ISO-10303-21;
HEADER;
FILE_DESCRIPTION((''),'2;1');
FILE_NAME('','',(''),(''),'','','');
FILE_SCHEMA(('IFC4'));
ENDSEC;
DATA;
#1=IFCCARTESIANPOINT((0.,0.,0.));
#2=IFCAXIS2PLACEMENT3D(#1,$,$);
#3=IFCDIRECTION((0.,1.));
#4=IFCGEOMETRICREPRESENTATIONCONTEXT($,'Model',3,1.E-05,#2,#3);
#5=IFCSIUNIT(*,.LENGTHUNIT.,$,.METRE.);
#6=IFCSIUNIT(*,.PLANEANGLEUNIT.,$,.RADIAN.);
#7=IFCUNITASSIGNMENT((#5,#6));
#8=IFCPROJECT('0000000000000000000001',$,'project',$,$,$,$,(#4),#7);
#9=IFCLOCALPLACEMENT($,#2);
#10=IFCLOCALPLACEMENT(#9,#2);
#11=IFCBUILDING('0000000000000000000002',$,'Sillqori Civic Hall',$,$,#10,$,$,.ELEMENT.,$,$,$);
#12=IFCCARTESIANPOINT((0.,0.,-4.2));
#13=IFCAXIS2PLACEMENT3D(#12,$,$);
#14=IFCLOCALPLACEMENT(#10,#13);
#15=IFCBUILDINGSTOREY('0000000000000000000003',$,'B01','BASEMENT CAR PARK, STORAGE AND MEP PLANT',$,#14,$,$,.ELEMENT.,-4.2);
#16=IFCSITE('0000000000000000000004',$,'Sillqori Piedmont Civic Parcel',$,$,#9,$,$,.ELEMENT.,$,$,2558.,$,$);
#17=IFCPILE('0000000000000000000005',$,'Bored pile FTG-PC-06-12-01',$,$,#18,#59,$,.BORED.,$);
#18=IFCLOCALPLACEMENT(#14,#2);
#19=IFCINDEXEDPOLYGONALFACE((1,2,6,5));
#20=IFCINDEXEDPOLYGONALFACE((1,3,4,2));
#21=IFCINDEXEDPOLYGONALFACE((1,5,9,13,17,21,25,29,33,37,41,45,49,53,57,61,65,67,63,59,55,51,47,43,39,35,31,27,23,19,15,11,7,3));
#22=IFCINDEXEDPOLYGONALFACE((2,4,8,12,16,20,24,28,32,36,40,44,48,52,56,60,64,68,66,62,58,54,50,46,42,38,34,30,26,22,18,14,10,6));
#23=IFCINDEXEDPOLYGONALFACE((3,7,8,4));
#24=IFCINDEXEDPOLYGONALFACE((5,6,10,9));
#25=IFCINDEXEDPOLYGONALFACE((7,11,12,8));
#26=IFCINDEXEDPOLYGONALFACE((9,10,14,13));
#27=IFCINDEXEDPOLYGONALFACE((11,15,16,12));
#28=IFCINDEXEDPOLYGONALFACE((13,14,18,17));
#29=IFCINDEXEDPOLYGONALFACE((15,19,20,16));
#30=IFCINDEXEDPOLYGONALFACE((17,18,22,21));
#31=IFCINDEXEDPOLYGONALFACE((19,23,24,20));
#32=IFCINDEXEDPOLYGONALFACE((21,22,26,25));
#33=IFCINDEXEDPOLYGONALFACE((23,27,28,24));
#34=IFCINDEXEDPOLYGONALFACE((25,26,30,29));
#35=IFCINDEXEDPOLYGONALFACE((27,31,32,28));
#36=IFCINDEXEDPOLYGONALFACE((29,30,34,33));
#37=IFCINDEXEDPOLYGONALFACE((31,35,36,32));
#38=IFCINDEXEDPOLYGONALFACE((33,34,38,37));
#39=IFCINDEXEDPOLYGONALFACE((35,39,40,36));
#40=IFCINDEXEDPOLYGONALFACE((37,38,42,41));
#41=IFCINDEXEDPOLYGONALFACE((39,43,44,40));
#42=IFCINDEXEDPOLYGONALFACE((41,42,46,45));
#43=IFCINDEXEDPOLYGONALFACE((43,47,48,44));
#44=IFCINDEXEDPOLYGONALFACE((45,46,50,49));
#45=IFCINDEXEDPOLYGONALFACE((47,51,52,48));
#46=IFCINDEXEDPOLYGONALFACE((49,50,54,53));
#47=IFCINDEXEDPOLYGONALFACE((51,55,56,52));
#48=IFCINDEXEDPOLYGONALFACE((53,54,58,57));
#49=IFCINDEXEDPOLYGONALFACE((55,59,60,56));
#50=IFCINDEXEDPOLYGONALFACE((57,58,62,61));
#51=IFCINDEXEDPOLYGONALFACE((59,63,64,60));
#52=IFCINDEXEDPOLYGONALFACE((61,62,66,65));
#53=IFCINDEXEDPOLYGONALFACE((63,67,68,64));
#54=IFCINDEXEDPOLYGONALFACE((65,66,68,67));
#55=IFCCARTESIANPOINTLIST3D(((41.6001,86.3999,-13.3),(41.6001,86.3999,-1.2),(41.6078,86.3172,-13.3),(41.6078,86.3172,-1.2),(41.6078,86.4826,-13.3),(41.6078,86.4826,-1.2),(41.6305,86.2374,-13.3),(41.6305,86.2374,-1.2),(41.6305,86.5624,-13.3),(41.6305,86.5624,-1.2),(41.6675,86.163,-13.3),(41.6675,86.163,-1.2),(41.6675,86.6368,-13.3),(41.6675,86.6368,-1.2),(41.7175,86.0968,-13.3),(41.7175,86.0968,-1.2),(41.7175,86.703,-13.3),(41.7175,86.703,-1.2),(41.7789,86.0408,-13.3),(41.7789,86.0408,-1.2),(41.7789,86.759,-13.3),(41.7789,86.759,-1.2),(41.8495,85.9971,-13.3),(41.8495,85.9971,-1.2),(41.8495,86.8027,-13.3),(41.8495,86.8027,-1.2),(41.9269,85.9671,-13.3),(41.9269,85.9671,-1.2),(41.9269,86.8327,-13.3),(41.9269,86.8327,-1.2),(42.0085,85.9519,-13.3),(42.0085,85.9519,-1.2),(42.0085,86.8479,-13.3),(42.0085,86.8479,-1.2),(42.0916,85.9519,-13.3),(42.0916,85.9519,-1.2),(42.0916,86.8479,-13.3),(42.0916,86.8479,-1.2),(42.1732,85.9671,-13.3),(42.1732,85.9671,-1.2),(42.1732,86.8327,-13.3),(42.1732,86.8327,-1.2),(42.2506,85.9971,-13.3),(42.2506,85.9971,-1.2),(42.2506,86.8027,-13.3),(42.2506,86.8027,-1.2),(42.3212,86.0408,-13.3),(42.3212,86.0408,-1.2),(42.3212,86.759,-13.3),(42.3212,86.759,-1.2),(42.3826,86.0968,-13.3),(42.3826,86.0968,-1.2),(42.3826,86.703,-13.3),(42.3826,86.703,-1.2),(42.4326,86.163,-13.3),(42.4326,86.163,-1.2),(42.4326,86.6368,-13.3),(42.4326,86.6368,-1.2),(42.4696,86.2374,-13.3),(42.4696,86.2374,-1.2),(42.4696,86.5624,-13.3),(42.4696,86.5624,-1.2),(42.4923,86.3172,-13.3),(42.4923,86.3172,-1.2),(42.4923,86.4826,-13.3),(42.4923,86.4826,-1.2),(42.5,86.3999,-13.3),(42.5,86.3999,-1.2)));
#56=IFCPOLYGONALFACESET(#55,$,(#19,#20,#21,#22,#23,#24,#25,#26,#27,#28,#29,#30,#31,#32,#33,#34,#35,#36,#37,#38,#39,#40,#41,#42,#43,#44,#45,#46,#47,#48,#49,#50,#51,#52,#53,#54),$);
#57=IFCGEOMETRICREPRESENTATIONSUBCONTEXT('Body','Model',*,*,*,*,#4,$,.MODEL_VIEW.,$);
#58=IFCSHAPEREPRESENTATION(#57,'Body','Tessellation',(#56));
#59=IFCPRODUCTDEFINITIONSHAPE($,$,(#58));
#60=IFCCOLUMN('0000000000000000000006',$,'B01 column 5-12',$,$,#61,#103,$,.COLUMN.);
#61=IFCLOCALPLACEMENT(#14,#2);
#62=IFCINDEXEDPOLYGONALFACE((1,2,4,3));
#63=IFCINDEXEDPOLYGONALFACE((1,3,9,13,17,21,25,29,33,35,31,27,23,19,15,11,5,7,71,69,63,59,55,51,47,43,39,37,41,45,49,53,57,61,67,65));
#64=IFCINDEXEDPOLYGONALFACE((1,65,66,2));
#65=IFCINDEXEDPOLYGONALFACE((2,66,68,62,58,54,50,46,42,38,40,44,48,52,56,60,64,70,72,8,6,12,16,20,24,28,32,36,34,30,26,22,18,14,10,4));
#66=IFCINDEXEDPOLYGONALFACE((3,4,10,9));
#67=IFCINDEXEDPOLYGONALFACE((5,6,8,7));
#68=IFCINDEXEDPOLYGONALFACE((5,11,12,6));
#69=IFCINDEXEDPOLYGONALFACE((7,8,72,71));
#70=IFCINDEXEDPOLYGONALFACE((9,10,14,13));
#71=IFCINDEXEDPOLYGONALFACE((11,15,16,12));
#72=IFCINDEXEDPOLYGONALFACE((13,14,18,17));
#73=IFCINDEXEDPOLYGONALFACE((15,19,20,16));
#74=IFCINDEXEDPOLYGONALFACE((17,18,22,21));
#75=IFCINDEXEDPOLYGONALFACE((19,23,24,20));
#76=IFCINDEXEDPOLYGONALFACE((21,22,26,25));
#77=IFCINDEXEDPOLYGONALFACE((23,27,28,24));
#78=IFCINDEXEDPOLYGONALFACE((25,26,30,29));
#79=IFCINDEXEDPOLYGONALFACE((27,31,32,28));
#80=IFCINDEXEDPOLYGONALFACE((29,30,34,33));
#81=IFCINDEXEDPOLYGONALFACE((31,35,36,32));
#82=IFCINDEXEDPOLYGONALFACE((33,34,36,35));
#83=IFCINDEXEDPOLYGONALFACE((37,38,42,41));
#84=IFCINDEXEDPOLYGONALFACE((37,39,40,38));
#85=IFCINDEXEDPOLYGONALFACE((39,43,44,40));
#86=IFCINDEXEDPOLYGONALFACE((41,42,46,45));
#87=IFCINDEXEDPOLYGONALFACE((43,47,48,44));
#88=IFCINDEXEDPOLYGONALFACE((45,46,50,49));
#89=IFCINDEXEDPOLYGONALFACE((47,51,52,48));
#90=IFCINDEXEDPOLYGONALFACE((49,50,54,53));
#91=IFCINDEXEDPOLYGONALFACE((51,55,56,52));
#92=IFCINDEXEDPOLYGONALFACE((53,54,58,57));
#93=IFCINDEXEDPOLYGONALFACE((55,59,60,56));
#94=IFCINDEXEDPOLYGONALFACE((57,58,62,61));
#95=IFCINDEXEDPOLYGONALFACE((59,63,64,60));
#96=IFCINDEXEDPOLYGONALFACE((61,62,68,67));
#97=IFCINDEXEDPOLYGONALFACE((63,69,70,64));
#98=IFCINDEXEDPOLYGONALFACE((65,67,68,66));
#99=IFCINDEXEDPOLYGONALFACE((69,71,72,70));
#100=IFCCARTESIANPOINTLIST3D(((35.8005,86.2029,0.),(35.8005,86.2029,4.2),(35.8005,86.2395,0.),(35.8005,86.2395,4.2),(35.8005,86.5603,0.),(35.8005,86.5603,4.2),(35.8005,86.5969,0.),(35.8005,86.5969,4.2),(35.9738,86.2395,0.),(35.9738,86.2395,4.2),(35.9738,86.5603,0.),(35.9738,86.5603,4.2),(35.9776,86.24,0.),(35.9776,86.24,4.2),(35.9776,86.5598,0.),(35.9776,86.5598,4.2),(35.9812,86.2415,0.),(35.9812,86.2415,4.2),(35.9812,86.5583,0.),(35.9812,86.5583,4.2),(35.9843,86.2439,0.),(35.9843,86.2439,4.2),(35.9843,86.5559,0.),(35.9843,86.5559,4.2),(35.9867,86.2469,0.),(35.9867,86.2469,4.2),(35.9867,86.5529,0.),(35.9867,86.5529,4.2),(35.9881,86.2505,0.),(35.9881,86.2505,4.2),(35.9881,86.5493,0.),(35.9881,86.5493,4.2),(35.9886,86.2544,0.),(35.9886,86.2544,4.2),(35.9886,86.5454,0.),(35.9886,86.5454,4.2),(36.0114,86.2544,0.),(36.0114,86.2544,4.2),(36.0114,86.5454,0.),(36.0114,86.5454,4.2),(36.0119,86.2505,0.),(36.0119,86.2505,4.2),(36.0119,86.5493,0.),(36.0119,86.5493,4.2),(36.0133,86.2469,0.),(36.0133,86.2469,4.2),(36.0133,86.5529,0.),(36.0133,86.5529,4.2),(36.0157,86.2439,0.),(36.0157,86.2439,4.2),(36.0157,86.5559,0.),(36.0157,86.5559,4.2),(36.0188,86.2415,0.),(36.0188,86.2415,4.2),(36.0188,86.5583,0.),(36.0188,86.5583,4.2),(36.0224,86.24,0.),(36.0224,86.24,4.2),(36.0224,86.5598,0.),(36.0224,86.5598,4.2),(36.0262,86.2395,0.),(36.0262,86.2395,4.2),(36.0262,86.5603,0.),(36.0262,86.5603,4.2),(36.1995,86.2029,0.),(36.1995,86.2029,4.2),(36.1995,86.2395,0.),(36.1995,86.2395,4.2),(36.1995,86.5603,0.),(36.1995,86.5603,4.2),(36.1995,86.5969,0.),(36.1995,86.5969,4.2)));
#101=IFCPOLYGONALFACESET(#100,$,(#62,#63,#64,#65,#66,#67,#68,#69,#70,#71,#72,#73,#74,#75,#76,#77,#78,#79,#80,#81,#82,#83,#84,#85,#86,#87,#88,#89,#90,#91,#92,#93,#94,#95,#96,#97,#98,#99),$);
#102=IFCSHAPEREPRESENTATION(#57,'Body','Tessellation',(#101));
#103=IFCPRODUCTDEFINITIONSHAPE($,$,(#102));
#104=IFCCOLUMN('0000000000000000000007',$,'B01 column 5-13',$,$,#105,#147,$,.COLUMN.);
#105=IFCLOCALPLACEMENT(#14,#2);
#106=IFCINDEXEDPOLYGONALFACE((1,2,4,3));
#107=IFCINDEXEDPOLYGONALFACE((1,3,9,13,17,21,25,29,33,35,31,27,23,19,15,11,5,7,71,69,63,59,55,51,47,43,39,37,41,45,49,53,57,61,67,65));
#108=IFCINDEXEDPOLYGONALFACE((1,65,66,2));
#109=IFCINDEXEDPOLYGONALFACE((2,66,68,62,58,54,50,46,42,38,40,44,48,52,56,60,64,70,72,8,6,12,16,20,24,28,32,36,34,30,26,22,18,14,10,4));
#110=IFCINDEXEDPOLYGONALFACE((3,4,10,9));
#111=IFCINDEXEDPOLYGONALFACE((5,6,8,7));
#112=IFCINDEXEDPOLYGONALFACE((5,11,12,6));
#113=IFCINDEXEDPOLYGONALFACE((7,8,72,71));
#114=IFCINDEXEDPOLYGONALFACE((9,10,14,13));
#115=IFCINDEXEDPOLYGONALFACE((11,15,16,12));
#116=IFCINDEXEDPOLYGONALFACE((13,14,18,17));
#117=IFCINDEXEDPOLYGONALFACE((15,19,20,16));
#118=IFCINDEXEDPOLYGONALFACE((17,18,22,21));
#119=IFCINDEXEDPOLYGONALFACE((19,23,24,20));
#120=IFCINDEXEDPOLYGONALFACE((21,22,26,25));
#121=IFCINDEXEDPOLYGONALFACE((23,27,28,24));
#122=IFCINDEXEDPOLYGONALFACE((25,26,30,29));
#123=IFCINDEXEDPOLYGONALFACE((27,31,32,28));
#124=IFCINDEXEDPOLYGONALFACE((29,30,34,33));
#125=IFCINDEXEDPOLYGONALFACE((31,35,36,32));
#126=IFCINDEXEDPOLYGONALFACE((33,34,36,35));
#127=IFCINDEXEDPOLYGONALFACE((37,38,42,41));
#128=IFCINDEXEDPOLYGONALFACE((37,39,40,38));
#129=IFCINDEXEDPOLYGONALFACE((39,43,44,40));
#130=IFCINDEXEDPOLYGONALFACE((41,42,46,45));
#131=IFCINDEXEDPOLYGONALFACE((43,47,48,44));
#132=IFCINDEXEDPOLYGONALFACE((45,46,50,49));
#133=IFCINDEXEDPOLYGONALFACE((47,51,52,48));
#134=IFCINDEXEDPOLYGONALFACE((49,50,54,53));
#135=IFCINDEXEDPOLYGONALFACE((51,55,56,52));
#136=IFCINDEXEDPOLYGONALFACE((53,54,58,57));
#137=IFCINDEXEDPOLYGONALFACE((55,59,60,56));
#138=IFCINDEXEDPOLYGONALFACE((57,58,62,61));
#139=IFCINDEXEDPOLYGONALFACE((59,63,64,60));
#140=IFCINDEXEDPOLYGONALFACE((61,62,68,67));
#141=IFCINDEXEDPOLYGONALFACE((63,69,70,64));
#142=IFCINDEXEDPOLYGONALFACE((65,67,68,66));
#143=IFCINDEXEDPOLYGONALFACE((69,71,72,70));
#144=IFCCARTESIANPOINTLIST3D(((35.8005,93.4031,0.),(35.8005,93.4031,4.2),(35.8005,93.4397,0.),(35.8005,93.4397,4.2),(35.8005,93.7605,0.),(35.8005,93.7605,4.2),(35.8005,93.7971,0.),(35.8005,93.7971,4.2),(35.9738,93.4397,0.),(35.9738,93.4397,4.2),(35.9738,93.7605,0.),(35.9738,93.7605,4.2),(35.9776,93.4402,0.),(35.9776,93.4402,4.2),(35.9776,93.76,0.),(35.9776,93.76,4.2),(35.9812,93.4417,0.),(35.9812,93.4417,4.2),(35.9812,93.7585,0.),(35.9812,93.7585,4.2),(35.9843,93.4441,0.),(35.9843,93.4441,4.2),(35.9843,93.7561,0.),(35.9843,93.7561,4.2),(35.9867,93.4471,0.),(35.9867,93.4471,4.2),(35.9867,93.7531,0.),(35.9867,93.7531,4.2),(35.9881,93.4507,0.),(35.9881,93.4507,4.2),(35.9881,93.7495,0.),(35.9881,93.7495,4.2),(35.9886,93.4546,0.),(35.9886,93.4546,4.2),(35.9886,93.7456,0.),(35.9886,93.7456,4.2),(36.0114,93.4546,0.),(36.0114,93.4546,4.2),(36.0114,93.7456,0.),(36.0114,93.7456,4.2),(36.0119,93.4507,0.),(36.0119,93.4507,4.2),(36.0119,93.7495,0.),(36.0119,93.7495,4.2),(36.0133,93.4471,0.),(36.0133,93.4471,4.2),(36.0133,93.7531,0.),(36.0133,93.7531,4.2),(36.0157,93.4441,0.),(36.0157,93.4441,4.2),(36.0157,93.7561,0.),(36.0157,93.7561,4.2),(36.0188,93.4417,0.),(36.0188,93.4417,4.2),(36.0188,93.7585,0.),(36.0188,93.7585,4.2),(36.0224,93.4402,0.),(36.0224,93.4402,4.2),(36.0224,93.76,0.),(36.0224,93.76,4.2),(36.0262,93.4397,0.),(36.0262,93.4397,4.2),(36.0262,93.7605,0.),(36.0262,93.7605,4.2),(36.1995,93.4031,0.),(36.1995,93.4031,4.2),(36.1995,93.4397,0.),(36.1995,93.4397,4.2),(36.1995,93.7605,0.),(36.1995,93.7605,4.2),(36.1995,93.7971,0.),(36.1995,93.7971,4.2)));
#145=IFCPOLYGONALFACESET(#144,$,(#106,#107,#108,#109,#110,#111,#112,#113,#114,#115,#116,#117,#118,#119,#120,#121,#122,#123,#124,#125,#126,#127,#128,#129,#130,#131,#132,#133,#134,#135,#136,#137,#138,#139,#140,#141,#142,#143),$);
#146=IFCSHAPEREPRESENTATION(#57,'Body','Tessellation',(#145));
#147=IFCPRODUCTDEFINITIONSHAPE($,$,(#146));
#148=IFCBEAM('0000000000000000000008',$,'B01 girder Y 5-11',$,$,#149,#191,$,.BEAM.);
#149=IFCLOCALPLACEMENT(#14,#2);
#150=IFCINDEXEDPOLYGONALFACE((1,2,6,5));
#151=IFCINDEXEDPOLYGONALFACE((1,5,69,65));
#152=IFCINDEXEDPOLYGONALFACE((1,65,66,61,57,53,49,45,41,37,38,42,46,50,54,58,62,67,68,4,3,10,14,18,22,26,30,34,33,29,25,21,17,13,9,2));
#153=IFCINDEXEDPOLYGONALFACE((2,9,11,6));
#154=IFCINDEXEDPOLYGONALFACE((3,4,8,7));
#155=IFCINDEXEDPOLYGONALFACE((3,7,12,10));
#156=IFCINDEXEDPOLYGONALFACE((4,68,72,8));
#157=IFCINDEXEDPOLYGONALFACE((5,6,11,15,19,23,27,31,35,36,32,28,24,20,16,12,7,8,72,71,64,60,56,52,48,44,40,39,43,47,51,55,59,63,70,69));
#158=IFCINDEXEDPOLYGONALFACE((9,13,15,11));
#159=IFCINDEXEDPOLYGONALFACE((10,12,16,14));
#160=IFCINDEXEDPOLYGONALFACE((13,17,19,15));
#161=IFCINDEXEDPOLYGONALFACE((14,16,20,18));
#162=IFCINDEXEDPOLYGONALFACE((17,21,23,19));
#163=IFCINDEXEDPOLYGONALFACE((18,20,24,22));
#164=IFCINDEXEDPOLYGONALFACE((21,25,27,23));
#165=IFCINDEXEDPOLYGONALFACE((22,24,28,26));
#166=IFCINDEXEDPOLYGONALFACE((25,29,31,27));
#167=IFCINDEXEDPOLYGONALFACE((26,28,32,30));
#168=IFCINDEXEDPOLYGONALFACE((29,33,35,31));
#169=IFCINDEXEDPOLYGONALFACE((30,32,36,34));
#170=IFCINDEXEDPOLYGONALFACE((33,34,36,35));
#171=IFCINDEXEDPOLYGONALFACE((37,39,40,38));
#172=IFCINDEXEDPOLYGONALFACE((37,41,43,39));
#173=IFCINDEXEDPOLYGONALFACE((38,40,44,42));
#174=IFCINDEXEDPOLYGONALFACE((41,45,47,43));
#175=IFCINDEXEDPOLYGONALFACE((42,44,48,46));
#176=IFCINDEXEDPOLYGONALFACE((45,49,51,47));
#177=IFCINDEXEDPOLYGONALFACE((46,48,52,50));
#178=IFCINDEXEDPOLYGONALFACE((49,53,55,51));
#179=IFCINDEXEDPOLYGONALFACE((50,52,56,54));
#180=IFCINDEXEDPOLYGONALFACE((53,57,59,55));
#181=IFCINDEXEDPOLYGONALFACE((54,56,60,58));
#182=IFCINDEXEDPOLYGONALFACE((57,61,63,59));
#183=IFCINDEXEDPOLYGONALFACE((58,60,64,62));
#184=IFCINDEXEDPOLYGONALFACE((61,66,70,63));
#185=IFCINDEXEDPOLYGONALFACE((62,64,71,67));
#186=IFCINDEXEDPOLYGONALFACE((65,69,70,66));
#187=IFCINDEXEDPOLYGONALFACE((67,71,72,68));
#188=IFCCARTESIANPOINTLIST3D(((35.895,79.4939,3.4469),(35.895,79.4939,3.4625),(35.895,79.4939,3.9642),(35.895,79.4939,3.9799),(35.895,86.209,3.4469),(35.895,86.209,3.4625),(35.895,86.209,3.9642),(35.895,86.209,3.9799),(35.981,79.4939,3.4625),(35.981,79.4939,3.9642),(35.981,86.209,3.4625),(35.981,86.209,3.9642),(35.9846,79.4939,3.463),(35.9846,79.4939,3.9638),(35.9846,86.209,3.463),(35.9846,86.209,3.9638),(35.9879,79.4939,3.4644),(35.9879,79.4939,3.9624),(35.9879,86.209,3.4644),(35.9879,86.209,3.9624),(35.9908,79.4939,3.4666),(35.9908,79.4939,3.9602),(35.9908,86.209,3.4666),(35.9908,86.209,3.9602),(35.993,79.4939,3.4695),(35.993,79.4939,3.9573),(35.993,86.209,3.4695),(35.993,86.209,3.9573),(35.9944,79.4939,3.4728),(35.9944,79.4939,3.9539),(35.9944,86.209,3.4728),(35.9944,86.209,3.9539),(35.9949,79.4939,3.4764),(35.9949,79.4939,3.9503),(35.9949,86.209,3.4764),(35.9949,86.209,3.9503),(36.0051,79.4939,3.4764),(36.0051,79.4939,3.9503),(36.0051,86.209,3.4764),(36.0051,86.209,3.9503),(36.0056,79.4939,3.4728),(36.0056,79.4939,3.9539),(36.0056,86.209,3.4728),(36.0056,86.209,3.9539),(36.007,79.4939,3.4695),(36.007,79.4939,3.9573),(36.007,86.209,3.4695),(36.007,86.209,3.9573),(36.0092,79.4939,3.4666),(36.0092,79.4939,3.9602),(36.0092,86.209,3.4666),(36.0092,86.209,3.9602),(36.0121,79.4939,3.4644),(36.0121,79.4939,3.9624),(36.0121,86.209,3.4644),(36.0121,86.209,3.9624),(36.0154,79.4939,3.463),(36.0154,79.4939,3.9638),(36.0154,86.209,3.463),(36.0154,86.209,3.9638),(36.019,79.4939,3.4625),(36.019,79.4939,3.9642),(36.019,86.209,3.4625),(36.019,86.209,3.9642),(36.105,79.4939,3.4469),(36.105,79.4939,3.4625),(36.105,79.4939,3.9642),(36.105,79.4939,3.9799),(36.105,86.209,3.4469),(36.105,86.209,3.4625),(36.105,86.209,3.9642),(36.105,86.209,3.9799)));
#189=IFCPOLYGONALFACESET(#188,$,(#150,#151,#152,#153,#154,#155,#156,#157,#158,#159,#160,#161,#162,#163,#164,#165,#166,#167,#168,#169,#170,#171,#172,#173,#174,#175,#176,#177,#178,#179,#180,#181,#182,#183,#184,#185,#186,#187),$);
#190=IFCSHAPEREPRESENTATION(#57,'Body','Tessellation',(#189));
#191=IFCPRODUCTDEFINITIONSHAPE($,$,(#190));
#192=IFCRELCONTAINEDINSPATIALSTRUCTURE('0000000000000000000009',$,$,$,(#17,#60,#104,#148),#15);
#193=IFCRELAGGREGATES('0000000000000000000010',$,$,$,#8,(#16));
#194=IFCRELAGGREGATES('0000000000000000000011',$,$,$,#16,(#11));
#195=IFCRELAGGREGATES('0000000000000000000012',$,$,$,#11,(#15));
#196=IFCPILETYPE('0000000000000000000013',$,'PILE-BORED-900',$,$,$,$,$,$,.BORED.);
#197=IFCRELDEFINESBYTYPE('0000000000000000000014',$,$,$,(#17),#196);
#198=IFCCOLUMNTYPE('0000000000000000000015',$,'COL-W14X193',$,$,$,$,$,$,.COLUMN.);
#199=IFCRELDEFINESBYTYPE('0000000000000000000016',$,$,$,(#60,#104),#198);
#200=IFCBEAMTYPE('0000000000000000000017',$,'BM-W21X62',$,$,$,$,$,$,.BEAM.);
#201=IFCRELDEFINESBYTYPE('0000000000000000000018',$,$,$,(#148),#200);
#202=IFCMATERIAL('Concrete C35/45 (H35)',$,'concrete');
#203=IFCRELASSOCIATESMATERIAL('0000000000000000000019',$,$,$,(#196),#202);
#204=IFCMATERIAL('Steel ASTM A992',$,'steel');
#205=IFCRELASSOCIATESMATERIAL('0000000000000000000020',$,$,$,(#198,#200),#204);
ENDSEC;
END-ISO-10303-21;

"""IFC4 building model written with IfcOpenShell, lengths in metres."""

from ifc_helpers import new_model, si_unit, direction, frame, origin, origin_2d, place, context, subcontext, project, spatial, circle, i_section, extrude, material, material_profile, profile_set, type_object, element, save


model = new_model("IFC4")

# Units and contexts
model_context = context("Model", 3, precision=1e-05, world=origin(), true_north=direction((0.0, 1.0)))
body_context = subcontext(model_context, "Body", "Model", "MODEL_VIEW")
ifc_project = project(units=[si_unit("LENGTHUNIT", "METRE"), si_unit("PLANEANGLEUNIT", "RADIAN")], contexts=[model_context])

# Site, building, storey
site_placement = place(None, origin())
site = spatial("IfcSite", under=ifc_project, at=site_placement, Name="Sillqori Piedmont Civic Parcel", CompositionType="ELEMENT", RefElevation=2558.0)
building_placement = place(site_placement, origin())
building = spatial("IfcBuilding", under=site, at=building_placement, Name="Sillqori Civic Hall", CompositionType="ELEMENT")
storey_placement = place(building_placement, frame((0.0, 0.0, -4.2)))
storey = spatial("IfcBuildingStorey", under=building, at=storey_placement, Name="B01", Description="BASEMENT CAR PARK, STORAGE AND MEP PLANT", CompositionType="ELEMENT", Elevation=-4.2)

# Shared definitions
ifc_material_1 = material(Name="Concrete C35/45 (H35)", Category="concrete")

# Pile
ifc_material_profile_1 = material_profile(ifc_material_1, circle(Radius=0.45, at=origin_2d()), Name="BORED PILE 900")
ifc_profile_set_1 = profile_set([ifc_material_profile_1], Name="Concrete C35/45 (H35)")
pile_type = type_object("IfcPileType", Name="PILE-BORED-900", PredefinedType="BORED", material=ifc_profile_set_1)
for number, where, z_axis, x_axis, name in (
    (1, (42.05, 86.3999, -1.2), (0.0, 0.0, -1.0), (1.0, 0.0, 0.0), "Bored pile FTG-PC-06-12-01"),
):
    element("IfcPile", number, at=place(storey_placement, frame(where, z_axis=z_axis, x_axis=x_axis)), inside=storey, type_object=pile_type, Name=name, PredefinedType="BORED", context=body_context, shape_type="SweptSolid", body=[
        extrude(circle(Radius=0.45, at=origin_2d()), origin(), (0.0, 0.0, 1.0), 12.1001),
    ])

# Columns
ifc_material_2 = material(Name="Steel ASTM A992", Category="steel")
ifc_material_profile_2 = material_profile(ifc_material_2, i_section(OverallWidth=0.3989, OverallDepth=0.394, WebThickness=0.0227, FlangeThickness=0.0366, FilletRadius=0.0149, at=origin_2d()), Name="W14X193")
ifc_profile_set_2 = profile_set([ifc_material_profile_2], Name="Steel ASTM A992")
column_type = type_object("IfcColumnType", Name="COL-W14X193", PredefinedType="COLUMN", material=ifc_profile_set_2)
for number, where, z_axis, x_axis, name in (
    (2, (36.0, 86.3999, 0.0), (0.0, 0.0, 1.0), (1.0, 0.0, 0.0), "B01 column 5-12"),
    (3, (36.0, 93.6001, 0.0), (0.0, 0.0, 1.0), (1.0, 0.0, 0.0), "B01 column 5-13"),
):
    element("IfcColumn", number, at=place(storey_placement, frame(where, z_axis=z_axis, x_axis=x_axis)), inside=storey, type_object=column_type, Name=name, PredefinedType="COLUMN", context=body_context, shape_type="SweptSolid", body=[
        extrude(i_section(OverallWidth=0.3989, OverallDepth=0.394, WebThickness=0.0227, FlangeThickness=0.0366, FilletRadius=0.0149, at=origin_2d()), origin(), (0.0, 0.0, 1.0), 4.2),
    ])

# Beam
ifc_material_profile_3 = material_profile(ifc_material_2, i_section(OverallWidth=0.21, OverallDepth=0.533, WebThickness=0.0103, FlangeThickness=0.0156, FilletRadius=0.0139, at=origin_2d()), Name="W21X62")
ifc_profile_set_3 = profile_set([ifc_material_profile_3], Name="Steel ASTM A992")
beam_type_1 = type_object("IfcBeamType", Name="BM-W21X62", PredefinedType="BEAM", material=ifc_profile_set_3)
beam_1_placement = place(storey_placement, frame((36.0, 79.4939, 3.7134), z_axis=(0.0, 1.0, 0.0), x_axis=(-1.0, 0.0, 0.0)))
element("IfcBeam", 4, at=beam_1_placement, inside=storey, type_object=beam_type_1, Name="B01 girder Y 5-11", PredefinedType="BEAM", context=body_context, shape_type="SweptSolid", body=[
    extrude(i_section(OverallWidth=0.21, OverallDepth=0.533, WebThickness=0.0103, FlangeThickness=0.0156, FilletRadius=0.0139, at=origin_2d()), origin(), (0.0, 0.0, 1.0), 6.7151),
])

save(model, "model.ifc")
